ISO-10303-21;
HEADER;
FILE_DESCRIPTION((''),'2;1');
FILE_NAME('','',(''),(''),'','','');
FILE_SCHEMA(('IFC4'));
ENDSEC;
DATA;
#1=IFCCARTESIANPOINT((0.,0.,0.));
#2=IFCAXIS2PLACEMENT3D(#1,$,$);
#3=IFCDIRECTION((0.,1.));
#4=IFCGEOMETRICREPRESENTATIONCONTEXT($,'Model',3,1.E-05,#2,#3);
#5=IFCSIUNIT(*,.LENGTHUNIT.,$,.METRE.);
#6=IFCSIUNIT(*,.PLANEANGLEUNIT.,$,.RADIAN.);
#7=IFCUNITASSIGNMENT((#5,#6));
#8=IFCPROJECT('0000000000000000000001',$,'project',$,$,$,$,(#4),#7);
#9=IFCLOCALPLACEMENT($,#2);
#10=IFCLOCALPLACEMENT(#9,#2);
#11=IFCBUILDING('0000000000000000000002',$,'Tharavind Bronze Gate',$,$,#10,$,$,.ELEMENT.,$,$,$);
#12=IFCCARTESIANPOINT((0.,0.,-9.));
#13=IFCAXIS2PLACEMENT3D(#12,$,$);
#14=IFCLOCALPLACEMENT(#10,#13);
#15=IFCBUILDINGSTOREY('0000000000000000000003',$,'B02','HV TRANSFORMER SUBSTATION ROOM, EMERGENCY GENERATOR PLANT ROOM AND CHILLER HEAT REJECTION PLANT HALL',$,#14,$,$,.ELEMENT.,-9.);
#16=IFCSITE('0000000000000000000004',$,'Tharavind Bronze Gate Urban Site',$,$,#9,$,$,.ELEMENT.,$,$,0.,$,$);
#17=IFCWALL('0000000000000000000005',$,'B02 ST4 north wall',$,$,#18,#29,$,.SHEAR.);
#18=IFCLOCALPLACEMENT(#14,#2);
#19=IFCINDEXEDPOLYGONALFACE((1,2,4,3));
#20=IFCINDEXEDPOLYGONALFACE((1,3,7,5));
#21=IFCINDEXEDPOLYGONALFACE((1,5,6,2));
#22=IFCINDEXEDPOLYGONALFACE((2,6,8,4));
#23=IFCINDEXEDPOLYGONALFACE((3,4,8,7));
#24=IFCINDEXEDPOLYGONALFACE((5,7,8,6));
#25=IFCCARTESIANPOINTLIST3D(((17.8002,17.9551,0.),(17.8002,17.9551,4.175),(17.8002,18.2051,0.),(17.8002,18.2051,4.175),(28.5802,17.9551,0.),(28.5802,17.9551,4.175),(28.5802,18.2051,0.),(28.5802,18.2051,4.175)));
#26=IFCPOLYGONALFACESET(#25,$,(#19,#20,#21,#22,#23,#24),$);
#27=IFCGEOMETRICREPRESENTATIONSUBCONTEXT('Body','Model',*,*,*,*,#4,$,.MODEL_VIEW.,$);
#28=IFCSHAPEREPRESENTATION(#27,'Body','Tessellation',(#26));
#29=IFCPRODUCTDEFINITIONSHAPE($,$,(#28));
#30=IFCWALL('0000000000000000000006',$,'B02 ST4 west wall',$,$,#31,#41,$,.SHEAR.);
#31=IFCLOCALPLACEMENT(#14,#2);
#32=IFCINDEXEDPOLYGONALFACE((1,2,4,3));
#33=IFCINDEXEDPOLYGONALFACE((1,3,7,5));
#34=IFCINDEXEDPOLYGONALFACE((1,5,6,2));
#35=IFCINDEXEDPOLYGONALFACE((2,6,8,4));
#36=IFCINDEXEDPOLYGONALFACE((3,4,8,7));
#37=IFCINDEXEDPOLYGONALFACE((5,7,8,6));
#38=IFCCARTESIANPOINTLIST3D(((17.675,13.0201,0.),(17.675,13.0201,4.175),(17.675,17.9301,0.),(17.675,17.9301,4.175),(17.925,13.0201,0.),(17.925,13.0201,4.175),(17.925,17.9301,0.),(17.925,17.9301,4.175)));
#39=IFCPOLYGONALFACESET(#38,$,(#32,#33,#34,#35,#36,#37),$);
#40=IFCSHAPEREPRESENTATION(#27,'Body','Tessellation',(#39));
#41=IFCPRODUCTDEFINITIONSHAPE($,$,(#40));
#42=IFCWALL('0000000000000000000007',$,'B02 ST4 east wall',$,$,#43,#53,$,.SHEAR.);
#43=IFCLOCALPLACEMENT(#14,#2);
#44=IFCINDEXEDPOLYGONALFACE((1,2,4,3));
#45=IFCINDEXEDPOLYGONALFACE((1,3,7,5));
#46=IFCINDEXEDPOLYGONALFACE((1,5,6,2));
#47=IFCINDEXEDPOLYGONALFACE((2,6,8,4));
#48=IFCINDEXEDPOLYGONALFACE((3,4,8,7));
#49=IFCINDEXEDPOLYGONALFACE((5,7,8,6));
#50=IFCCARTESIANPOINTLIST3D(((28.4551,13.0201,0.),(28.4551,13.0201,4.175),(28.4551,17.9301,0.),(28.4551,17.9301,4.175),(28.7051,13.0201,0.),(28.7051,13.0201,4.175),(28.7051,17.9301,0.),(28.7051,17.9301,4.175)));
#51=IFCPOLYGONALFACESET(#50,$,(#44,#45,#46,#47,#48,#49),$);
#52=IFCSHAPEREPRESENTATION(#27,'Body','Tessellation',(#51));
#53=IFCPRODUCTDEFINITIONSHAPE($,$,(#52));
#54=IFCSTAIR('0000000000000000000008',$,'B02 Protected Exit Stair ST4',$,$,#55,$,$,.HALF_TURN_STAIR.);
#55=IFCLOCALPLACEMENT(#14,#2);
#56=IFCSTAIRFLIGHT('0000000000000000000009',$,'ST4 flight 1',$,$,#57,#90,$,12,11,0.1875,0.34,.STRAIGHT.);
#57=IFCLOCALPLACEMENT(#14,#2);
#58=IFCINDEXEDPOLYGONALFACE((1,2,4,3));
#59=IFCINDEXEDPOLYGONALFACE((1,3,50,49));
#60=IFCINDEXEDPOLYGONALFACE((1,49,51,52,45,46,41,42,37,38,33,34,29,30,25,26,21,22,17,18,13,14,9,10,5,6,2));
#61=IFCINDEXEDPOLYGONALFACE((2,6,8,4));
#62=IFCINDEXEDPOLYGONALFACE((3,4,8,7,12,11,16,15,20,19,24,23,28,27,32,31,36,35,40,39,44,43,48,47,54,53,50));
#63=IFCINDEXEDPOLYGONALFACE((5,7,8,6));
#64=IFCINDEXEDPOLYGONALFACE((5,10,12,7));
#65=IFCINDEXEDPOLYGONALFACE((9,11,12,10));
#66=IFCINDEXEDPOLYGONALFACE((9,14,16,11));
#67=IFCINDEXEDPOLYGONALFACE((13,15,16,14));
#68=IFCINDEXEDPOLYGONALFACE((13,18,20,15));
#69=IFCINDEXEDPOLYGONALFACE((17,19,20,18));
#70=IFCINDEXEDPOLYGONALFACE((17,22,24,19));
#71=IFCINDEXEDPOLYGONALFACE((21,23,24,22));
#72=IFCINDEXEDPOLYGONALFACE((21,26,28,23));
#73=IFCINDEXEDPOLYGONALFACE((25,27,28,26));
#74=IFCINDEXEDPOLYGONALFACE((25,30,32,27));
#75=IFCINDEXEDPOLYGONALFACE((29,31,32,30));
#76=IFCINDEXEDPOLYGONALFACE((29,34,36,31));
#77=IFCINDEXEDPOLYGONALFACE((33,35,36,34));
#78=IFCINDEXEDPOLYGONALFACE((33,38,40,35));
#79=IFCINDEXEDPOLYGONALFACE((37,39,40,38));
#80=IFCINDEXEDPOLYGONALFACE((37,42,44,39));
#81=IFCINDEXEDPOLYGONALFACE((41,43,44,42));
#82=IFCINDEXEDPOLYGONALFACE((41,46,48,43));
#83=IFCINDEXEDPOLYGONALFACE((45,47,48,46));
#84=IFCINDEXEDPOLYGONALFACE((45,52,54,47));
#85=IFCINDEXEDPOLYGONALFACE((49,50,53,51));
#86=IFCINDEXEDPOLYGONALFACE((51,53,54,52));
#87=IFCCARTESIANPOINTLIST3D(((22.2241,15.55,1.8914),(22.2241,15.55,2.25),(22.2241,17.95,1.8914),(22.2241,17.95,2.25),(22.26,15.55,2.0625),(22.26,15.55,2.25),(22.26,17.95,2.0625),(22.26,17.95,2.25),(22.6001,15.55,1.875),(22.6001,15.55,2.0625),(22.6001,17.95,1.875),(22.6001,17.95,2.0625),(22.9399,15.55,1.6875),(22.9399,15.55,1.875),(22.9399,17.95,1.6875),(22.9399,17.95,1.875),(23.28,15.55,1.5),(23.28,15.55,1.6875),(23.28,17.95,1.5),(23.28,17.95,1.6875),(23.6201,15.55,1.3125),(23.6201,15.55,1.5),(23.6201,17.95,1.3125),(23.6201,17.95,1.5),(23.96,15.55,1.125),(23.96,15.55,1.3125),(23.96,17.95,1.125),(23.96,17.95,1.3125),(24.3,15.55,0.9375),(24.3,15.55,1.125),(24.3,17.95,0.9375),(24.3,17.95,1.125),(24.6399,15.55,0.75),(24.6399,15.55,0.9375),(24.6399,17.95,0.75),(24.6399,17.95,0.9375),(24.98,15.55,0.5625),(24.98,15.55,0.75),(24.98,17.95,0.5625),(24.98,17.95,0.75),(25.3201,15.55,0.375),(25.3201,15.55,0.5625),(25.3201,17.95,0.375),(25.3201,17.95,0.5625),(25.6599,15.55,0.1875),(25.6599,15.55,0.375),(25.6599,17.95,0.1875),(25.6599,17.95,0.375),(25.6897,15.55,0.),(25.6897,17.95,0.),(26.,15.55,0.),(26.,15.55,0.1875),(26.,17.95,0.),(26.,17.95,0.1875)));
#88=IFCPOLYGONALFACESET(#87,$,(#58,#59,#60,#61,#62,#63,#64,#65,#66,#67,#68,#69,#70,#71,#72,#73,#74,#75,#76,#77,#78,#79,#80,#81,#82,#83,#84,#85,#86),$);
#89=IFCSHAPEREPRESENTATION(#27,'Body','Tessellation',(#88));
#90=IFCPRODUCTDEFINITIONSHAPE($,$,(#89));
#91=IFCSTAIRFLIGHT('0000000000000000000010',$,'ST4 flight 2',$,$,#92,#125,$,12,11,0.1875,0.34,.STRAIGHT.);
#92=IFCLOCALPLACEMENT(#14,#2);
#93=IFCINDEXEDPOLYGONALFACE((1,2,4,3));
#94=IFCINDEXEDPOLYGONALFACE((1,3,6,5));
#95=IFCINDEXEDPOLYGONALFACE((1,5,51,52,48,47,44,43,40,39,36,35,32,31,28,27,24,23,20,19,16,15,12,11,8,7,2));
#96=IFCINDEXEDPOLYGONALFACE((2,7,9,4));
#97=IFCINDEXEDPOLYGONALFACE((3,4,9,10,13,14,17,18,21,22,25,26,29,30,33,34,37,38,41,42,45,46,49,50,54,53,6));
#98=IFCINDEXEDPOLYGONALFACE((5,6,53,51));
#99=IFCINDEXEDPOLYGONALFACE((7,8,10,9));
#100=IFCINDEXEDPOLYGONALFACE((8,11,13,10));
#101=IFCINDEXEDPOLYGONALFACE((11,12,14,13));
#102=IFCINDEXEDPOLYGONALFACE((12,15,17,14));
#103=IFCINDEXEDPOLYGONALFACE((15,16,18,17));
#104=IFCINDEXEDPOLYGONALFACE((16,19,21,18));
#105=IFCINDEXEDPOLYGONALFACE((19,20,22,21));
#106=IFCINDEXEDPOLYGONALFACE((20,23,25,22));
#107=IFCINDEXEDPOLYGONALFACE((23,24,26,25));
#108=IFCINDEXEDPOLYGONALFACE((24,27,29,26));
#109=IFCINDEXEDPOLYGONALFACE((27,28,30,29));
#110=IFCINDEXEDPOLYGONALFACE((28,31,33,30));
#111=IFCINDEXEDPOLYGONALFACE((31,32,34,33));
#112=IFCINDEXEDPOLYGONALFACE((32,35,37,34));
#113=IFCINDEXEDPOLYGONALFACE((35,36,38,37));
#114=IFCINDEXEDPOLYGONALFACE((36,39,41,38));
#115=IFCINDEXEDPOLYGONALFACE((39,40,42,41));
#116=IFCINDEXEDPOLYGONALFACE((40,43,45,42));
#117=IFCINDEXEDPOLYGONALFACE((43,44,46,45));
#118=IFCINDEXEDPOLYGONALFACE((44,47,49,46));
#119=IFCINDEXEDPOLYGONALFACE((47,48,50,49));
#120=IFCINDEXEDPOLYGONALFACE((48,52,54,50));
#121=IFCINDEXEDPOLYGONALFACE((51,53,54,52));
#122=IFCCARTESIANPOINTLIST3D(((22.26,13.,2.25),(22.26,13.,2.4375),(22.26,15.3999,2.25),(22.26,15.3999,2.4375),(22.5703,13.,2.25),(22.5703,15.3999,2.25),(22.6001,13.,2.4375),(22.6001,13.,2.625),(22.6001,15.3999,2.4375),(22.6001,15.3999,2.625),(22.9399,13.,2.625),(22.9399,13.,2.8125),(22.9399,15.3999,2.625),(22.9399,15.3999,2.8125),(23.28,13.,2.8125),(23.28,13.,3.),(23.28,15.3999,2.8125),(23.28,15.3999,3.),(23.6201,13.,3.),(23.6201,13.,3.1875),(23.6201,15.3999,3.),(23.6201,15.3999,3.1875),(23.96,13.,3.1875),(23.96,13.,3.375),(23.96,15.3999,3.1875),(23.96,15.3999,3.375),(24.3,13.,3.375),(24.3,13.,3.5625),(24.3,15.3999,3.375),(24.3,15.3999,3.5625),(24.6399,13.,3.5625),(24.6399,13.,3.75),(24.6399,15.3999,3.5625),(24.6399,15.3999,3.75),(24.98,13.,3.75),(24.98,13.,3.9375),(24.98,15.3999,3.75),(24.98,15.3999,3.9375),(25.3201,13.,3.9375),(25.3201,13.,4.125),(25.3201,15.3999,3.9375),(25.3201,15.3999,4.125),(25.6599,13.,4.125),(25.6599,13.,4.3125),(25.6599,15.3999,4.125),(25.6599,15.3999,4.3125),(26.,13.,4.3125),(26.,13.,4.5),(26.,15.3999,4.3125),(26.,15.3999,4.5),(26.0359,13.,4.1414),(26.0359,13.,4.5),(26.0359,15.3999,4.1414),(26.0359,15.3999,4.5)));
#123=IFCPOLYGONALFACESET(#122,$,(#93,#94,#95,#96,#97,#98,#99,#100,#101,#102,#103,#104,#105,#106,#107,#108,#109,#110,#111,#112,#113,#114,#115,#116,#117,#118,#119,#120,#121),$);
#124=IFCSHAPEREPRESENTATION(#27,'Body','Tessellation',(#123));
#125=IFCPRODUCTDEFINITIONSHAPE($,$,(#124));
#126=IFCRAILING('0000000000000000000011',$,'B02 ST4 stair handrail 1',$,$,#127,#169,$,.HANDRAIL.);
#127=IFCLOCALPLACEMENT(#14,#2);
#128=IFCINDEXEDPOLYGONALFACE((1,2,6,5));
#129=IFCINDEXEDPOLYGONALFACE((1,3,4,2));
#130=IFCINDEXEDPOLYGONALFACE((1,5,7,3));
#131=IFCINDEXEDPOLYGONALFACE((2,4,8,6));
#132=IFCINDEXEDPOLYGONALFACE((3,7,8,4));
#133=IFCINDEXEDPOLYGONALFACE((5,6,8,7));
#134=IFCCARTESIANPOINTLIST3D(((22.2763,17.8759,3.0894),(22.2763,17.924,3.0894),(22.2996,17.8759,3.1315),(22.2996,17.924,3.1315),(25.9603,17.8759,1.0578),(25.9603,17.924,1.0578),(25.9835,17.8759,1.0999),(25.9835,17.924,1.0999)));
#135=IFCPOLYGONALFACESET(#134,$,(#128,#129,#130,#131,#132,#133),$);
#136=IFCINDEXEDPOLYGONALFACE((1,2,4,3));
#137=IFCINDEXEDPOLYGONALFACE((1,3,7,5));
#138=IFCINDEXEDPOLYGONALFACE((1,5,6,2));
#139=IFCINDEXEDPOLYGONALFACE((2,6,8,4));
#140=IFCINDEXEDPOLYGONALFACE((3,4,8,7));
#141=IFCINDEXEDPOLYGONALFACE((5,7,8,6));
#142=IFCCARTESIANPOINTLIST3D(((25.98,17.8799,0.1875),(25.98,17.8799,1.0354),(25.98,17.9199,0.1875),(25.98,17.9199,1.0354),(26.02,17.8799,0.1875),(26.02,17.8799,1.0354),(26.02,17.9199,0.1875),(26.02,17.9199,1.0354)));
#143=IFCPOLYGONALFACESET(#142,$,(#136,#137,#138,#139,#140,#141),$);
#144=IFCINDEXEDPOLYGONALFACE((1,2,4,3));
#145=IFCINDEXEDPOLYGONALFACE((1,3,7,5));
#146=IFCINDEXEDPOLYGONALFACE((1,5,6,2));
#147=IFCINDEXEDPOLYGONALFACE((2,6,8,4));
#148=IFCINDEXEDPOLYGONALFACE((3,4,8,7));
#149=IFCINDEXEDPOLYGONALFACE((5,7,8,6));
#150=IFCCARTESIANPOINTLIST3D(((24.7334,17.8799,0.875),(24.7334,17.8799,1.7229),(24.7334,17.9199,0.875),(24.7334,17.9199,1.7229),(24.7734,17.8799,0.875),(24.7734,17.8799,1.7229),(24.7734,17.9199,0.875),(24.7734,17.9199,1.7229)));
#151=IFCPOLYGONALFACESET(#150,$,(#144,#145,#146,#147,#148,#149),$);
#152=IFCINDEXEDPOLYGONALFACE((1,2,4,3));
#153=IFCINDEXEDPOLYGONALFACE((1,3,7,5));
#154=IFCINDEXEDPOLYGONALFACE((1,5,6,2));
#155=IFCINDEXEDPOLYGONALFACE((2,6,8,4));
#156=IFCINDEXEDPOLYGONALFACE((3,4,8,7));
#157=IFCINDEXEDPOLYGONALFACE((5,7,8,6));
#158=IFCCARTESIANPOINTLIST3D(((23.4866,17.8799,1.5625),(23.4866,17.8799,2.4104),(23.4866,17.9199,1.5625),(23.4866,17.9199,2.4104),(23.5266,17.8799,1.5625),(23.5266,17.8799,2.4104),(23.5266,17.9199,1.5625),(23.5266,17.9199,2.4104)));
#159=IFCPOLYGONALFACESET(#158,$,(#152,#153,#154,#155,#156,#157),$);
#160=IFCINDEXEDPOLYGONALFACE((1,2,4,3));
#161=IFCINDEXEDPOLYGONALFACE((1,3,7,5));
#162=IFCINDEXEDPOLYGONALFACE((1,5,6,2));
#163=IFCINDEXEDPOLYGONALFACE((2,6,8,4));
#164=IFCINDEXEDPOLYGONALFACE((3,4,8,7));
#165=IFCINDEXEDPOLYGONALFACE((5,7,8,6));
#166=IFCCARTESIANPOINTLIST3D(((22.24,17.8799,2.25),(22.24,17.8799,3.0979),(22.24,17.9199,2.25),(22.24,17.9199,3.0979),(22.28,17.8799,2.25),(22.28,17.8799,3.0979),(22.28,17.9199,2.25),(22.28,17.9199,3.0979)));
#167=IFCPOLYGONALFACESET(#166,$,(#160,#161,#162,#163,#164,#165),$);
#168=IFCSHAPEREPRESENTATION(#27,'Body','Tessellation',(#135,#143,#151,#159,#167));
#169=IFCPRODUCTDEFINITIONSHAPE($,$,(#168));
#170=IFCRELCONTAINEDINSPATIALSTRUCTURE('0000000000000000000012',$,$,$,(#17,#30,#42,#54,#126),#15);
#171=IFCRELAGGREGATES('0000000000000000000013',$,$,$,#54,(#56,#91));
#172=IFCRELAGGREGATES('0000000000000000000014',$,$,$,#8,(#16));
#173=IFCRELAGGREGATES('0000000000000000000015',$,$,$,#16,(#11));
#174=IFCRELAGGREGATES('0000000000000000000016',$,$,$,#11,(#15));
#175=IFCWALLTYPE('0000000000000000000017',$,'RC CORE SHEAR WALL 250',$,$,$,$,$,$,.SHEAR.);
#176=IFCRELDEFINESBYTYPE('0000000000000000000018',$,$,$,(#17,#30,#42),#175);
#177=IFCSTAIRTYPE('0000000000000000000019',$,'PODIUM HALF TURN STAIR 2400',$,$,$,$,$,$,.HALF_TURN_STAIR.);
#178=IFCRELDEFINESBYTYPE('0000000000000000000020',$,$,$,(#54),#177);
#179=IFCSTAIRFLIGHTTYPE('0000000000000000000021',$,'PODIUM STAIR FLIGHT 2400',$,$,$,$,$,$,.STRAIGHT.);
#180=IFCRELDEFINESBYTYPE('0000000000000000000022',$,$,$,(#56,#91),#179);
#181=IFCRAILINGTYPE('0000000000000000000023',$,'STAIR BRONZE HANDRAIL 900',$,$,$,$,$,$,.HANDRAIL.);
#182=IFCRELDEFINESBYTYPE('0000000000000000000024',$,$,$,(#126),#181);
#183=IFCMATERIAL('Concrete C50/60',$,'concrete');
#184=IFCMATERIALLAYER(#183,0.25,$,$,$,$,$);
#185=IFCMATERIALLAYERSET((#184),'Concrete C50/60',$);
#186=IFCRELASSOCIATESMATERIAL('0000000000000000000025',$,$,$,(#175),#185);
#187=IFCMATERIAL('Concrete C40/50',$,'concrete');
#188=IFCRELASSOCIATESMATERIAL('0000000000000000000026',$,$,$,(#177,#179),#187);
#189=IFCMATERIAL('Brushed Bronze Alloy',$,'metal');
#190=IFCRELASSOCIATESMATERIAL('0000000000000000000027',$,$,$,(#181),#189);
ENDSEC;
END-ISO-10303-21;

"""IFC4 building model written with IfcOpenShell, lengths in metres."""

from ifc_helpers import new_model, si_unit, direction, frame, frame_2d, origin, origin_2d, place, context, subcontext, project, spatial, polyline, rectangle, outline, extrude, material, layer, layer_set, type_object, element, aggregate, save


model = new_model("IFC4")

# Units and contexts
model_context = context("Model", 3, precision=1e-05, world=origin(), true_north=direction((0.0, 1.0)))
body_context = subcontext(model_context, "Body", "Model", "MODEL_VIEW")
ifc_project = project(units=[si_unit("LENGTHUNIT", "METRE"), si_unit("PLANEANGLEUNIT", "RADIAN")], contexts=[model_context])

# Site, building, storey
site_placement = place(None, origin())
site = spatial("IfcSite", under=ifc_project, at=site_placement, Name="Tharavind Bronze Gate Urban Site", CompositionType="ELEMENT", RefElevation=0.0)
building_placement = place(site_placement, origin())
building = spatial("IfcBuilding", under=site, at=building_placement, Name="Tharavind Bronze Gate", CompositionType="ELEMENT")
storey_placement = place(building_placement, frame((0.0, 0.0, -9.0)))
storey = spatial("IfcBuildingStorey", under=building, at=storey_placement, Name="B02", Description="HV TRANSFORMER SUBSTATION ROOM, EMERGENCY GENERATOR PLANT ROOM AND CHILLER HEAT REJECTION PLANT HALL", CompositionType="ELEMENT", Elevation=-9.0)

# Shared definitions
ifc_material_1 = material(Name="Concrete C50/60", Category="concrete")

# Shared definitions
ifc_layer_1 = layer(ifc_material_1, 0.25)
ifc_layer_set_1 = layer_set([ifc_layer_1], Name="Concrete C50/60")
wall_type_1 = type_object("IfcWallType", Name="RC CORE SHEAR WALL 250", PredefinedType="SHEAR", material=ifc_layer_set_1)

# Walls
wall_1_placement = place(storey_placement, frame((17.8, 18.0801, 0.0), z_axis=(0.0, 0.0, 1.0), x_axis=(1.0, 0.0, 0.0)))
element("IfcWall", 1, at=wall_1_placement, inside=storey, type_object=wall_type_1, Name="B02 ST4 north wall", PredefinedType="SHEAR", context=body_context, shape_type="SweptSolid", body=[
    extrude(rectangle(XDim=10.78, YDim=0.25, at=frame_2d((5.3901, 0.0))), origin(), (0.0, 0.0, 1.0), 4.175),
])
for number, where, z_axis, x_axis, name in (
    (2, (17.8, 13.02, 0.0), (0.0, 0.0, 1.0), (0.0, 1.0, 0.0), "B02 ST4 west wall"),
    (3, (28.5801, 13.02, 0.0), (0.0, 0.0, 1.0), (0.0, 1.0, 0.0), "B02 ST4 east wall"),
):
    element("IfcWall", number, at=place(storey_placement, frame(where, z_axis=z_axis, x_axis=x_axis)), inside=storey, type_object=wall_type_1, Name=name, PredefinedType="SHEAR", context=body_context, shape_type="SweptSolid", body=[
        extrude(rectangle(XDim=4.9099, YDim=0.25, at=frame_2d((2.4551, 0.0))), origin(), (0.0, 0.0, 1.0), 4.175),
    ])

# Stair, stair flights
ifc_material_2 = material(Name="Concrete C40/50", Category="concrete")
stair_type = type_object("IfcStairType", Name="PODIUM HALF TURN STAIR 2400", PredefinedType="HALF_TURN_STAIR", material=ifc_material_2)
stair_placement = place(storey_placement, origin())
stair = element("IfcStair", 4, at=stair_placement, inside=storey, type_object=stair_type, Name="B02 Protected Exit Stair ST4", PredefinedType="HALF_TURN_STAIR")
stair_flight_type = type_object("IfcStairFlightType", Name="PODIUM STAIR FLIGHT 2400", PredefinedType="STRAIGHT", material=ifc_material_2)
stair_flight_1_placement = place(storey_placement, frame((26.0, 16.75, 0.0), z_axis=(0.0, 0.0, 1.0), x_axis=(-1.0, 0.0, 0.0)))
stair_flight_1 = element("IfcStairFlight", 5, at=stair_flight_1_placement, type_object=stair_flight_type, Name="ST4 flight 1", NumberOfRisers=12, NumberOfTreads=11, PredefinedType="STRAIGHT", RiserHeight=0.1875, TreadLength=0.34, context=body_context, shape_type="SweptSolid", body=[
    extrude(outline(polyline([(0.0, 0.0), (0.0, 0.1875), (0.3401, 0.1875), (0.3401, 0.375), (0.6799, 0.375), (0.6799, 0.5625), (1.02, 0.5625), (1.02, 0.75), (1.3601, 0.75), (1.3601, 0.9375), (1.7, 0.9375), (1.7, 1.125), (2.04, 1.125), (2.04, 1.3125), (2.3799, 1.3125), (2.3799, 1.5), (2.72, 1.5), (2.72, 1.6875), (3.0601, 1.6875), (3.0601, 1.875), (3.3999, 1.875), (3.3999, 2.0625), (3.74, 2.0625), (3.74, 2.25), (3.7759, 2.25), (3.7759, 1.8914), (0.3103, 0.0), (0.0, 0.0)])), frame((0.0, 1.2, 0.0), z_axis=(0.0, -1.0, 0.0), x_axis=(1.0, 0.0, 0.0)), (0.0, 0.0, 1.0), 2.3999),
])
stair_flight_2_placement = place(storey_placement, frame((22.26, 14.2, 2.25), z_axis=(0.0, 0.0, 1.0), x_axis=(1.0, 0.0, 0.0)))
stair_flight_2 = element("IfcStairFlight", 6, at=stair_flight_2_placement, type_object=stair_flight_type, Name="ST4 flight 2", NumberOfRisers=12, NumberOfTreads=11, PredefinedType="STRAIGHT", RiserHeight=0.1875, TreadLength=0.34, context=body_context, shape_type="SweptSolid", body=[
    extrude(outline(polyline([(0.0, 0.0), (0.0, 0.1875), (0.3401, 0.1875), (0.3401, 0.375), (0.6799, 0.375), (0.6799, 0.5625), (1.02, 0.5625), (1.02, 0.75), (1.3601, 0.75), (1.3601, 0.9375), (1.7, 0.9375), (1.7, 1.125), (2.04, 1.125), (2.04, 1.3125), (2.3799, 1.3125), (2.3799, 1.5), (2.72, 1.5), (2.72, 1.6875), (3.0601, 1.6875), (3.0601, 1.875), (3.3999, 1.875), (3.3999, 2.0625), (3.74, 2.0625), (3.74, 2.25), (3.7759, 2.25), (3.7759, 1.8914), (0.3103, 0.0), (0.0, 0.0)])), frame((0.0, 1.2, 0.0), z_axis=(0.0, -1.0, 0.0), x_axis=(1.0, 0.0, 0.0)), (0.0, 0.0, 1.0), 2.3999),
])
aggregate(stair, [stair_flight_1, stair_flight_2])

# Railing
ifc_material_3 = material(Name="Brushed Bronze Alloy", Category="metal")
railing_type_1 = type_object("IfcRailingType", Name="STAIR BRONZE HANDRAIL 900", PredefinedType="HANDRAIL", material=ifc_material_3)
railing_1_placement = place(storey_placement, frame((26.0, 17.8999, 0.1875)))
element("IfcRailing", 7, at=railing_1_placement, inside=storey, type_object=railing_type_1, Name="B02 ST4 stair handrail 1", PredefinedType="HANDRAIL", context=body_context, shape_type="SweptSolid", body=[
    extrude(rectangle(XDim=0.0481, YDim=0.0481, at=origin_2d()), frame((-0.0281, 0.0, 0.8914), z_axis=(-0.875671, 0.0, 0.482908), x_axis=(0.0, -1.0, 0.0)), (0.0, 0.0, 1.0), 4.207),
    extrude(rectangle(XDim=0.04, YDim=0.04, at=origin_2d()), origin(), (0.0, 0.0, 1.0), 0.8479),
    extrude(rectangle(XDim=0.04, YDim=0.04, at=origin_2d()), frame((-1.2466, 0.0, 0.6875)), (0.0, 0.0, 1.0), 0.8479),
    extrude(rectangle(XDim=0.04, YDim=0.04, at=origin_2d()), frame((-2.4934, 0.0, 1.375)), (0.0, 0.0, 1.0), 0.8479),
    extrude(rectangle(XDim=0.04, YDim=0.04, at=origin_2d()), frame((-3.74, 0.0, 2.0625)), (0.0, 0.0, 1.0), 0.8479),
])

save(model, "model.ifc")
